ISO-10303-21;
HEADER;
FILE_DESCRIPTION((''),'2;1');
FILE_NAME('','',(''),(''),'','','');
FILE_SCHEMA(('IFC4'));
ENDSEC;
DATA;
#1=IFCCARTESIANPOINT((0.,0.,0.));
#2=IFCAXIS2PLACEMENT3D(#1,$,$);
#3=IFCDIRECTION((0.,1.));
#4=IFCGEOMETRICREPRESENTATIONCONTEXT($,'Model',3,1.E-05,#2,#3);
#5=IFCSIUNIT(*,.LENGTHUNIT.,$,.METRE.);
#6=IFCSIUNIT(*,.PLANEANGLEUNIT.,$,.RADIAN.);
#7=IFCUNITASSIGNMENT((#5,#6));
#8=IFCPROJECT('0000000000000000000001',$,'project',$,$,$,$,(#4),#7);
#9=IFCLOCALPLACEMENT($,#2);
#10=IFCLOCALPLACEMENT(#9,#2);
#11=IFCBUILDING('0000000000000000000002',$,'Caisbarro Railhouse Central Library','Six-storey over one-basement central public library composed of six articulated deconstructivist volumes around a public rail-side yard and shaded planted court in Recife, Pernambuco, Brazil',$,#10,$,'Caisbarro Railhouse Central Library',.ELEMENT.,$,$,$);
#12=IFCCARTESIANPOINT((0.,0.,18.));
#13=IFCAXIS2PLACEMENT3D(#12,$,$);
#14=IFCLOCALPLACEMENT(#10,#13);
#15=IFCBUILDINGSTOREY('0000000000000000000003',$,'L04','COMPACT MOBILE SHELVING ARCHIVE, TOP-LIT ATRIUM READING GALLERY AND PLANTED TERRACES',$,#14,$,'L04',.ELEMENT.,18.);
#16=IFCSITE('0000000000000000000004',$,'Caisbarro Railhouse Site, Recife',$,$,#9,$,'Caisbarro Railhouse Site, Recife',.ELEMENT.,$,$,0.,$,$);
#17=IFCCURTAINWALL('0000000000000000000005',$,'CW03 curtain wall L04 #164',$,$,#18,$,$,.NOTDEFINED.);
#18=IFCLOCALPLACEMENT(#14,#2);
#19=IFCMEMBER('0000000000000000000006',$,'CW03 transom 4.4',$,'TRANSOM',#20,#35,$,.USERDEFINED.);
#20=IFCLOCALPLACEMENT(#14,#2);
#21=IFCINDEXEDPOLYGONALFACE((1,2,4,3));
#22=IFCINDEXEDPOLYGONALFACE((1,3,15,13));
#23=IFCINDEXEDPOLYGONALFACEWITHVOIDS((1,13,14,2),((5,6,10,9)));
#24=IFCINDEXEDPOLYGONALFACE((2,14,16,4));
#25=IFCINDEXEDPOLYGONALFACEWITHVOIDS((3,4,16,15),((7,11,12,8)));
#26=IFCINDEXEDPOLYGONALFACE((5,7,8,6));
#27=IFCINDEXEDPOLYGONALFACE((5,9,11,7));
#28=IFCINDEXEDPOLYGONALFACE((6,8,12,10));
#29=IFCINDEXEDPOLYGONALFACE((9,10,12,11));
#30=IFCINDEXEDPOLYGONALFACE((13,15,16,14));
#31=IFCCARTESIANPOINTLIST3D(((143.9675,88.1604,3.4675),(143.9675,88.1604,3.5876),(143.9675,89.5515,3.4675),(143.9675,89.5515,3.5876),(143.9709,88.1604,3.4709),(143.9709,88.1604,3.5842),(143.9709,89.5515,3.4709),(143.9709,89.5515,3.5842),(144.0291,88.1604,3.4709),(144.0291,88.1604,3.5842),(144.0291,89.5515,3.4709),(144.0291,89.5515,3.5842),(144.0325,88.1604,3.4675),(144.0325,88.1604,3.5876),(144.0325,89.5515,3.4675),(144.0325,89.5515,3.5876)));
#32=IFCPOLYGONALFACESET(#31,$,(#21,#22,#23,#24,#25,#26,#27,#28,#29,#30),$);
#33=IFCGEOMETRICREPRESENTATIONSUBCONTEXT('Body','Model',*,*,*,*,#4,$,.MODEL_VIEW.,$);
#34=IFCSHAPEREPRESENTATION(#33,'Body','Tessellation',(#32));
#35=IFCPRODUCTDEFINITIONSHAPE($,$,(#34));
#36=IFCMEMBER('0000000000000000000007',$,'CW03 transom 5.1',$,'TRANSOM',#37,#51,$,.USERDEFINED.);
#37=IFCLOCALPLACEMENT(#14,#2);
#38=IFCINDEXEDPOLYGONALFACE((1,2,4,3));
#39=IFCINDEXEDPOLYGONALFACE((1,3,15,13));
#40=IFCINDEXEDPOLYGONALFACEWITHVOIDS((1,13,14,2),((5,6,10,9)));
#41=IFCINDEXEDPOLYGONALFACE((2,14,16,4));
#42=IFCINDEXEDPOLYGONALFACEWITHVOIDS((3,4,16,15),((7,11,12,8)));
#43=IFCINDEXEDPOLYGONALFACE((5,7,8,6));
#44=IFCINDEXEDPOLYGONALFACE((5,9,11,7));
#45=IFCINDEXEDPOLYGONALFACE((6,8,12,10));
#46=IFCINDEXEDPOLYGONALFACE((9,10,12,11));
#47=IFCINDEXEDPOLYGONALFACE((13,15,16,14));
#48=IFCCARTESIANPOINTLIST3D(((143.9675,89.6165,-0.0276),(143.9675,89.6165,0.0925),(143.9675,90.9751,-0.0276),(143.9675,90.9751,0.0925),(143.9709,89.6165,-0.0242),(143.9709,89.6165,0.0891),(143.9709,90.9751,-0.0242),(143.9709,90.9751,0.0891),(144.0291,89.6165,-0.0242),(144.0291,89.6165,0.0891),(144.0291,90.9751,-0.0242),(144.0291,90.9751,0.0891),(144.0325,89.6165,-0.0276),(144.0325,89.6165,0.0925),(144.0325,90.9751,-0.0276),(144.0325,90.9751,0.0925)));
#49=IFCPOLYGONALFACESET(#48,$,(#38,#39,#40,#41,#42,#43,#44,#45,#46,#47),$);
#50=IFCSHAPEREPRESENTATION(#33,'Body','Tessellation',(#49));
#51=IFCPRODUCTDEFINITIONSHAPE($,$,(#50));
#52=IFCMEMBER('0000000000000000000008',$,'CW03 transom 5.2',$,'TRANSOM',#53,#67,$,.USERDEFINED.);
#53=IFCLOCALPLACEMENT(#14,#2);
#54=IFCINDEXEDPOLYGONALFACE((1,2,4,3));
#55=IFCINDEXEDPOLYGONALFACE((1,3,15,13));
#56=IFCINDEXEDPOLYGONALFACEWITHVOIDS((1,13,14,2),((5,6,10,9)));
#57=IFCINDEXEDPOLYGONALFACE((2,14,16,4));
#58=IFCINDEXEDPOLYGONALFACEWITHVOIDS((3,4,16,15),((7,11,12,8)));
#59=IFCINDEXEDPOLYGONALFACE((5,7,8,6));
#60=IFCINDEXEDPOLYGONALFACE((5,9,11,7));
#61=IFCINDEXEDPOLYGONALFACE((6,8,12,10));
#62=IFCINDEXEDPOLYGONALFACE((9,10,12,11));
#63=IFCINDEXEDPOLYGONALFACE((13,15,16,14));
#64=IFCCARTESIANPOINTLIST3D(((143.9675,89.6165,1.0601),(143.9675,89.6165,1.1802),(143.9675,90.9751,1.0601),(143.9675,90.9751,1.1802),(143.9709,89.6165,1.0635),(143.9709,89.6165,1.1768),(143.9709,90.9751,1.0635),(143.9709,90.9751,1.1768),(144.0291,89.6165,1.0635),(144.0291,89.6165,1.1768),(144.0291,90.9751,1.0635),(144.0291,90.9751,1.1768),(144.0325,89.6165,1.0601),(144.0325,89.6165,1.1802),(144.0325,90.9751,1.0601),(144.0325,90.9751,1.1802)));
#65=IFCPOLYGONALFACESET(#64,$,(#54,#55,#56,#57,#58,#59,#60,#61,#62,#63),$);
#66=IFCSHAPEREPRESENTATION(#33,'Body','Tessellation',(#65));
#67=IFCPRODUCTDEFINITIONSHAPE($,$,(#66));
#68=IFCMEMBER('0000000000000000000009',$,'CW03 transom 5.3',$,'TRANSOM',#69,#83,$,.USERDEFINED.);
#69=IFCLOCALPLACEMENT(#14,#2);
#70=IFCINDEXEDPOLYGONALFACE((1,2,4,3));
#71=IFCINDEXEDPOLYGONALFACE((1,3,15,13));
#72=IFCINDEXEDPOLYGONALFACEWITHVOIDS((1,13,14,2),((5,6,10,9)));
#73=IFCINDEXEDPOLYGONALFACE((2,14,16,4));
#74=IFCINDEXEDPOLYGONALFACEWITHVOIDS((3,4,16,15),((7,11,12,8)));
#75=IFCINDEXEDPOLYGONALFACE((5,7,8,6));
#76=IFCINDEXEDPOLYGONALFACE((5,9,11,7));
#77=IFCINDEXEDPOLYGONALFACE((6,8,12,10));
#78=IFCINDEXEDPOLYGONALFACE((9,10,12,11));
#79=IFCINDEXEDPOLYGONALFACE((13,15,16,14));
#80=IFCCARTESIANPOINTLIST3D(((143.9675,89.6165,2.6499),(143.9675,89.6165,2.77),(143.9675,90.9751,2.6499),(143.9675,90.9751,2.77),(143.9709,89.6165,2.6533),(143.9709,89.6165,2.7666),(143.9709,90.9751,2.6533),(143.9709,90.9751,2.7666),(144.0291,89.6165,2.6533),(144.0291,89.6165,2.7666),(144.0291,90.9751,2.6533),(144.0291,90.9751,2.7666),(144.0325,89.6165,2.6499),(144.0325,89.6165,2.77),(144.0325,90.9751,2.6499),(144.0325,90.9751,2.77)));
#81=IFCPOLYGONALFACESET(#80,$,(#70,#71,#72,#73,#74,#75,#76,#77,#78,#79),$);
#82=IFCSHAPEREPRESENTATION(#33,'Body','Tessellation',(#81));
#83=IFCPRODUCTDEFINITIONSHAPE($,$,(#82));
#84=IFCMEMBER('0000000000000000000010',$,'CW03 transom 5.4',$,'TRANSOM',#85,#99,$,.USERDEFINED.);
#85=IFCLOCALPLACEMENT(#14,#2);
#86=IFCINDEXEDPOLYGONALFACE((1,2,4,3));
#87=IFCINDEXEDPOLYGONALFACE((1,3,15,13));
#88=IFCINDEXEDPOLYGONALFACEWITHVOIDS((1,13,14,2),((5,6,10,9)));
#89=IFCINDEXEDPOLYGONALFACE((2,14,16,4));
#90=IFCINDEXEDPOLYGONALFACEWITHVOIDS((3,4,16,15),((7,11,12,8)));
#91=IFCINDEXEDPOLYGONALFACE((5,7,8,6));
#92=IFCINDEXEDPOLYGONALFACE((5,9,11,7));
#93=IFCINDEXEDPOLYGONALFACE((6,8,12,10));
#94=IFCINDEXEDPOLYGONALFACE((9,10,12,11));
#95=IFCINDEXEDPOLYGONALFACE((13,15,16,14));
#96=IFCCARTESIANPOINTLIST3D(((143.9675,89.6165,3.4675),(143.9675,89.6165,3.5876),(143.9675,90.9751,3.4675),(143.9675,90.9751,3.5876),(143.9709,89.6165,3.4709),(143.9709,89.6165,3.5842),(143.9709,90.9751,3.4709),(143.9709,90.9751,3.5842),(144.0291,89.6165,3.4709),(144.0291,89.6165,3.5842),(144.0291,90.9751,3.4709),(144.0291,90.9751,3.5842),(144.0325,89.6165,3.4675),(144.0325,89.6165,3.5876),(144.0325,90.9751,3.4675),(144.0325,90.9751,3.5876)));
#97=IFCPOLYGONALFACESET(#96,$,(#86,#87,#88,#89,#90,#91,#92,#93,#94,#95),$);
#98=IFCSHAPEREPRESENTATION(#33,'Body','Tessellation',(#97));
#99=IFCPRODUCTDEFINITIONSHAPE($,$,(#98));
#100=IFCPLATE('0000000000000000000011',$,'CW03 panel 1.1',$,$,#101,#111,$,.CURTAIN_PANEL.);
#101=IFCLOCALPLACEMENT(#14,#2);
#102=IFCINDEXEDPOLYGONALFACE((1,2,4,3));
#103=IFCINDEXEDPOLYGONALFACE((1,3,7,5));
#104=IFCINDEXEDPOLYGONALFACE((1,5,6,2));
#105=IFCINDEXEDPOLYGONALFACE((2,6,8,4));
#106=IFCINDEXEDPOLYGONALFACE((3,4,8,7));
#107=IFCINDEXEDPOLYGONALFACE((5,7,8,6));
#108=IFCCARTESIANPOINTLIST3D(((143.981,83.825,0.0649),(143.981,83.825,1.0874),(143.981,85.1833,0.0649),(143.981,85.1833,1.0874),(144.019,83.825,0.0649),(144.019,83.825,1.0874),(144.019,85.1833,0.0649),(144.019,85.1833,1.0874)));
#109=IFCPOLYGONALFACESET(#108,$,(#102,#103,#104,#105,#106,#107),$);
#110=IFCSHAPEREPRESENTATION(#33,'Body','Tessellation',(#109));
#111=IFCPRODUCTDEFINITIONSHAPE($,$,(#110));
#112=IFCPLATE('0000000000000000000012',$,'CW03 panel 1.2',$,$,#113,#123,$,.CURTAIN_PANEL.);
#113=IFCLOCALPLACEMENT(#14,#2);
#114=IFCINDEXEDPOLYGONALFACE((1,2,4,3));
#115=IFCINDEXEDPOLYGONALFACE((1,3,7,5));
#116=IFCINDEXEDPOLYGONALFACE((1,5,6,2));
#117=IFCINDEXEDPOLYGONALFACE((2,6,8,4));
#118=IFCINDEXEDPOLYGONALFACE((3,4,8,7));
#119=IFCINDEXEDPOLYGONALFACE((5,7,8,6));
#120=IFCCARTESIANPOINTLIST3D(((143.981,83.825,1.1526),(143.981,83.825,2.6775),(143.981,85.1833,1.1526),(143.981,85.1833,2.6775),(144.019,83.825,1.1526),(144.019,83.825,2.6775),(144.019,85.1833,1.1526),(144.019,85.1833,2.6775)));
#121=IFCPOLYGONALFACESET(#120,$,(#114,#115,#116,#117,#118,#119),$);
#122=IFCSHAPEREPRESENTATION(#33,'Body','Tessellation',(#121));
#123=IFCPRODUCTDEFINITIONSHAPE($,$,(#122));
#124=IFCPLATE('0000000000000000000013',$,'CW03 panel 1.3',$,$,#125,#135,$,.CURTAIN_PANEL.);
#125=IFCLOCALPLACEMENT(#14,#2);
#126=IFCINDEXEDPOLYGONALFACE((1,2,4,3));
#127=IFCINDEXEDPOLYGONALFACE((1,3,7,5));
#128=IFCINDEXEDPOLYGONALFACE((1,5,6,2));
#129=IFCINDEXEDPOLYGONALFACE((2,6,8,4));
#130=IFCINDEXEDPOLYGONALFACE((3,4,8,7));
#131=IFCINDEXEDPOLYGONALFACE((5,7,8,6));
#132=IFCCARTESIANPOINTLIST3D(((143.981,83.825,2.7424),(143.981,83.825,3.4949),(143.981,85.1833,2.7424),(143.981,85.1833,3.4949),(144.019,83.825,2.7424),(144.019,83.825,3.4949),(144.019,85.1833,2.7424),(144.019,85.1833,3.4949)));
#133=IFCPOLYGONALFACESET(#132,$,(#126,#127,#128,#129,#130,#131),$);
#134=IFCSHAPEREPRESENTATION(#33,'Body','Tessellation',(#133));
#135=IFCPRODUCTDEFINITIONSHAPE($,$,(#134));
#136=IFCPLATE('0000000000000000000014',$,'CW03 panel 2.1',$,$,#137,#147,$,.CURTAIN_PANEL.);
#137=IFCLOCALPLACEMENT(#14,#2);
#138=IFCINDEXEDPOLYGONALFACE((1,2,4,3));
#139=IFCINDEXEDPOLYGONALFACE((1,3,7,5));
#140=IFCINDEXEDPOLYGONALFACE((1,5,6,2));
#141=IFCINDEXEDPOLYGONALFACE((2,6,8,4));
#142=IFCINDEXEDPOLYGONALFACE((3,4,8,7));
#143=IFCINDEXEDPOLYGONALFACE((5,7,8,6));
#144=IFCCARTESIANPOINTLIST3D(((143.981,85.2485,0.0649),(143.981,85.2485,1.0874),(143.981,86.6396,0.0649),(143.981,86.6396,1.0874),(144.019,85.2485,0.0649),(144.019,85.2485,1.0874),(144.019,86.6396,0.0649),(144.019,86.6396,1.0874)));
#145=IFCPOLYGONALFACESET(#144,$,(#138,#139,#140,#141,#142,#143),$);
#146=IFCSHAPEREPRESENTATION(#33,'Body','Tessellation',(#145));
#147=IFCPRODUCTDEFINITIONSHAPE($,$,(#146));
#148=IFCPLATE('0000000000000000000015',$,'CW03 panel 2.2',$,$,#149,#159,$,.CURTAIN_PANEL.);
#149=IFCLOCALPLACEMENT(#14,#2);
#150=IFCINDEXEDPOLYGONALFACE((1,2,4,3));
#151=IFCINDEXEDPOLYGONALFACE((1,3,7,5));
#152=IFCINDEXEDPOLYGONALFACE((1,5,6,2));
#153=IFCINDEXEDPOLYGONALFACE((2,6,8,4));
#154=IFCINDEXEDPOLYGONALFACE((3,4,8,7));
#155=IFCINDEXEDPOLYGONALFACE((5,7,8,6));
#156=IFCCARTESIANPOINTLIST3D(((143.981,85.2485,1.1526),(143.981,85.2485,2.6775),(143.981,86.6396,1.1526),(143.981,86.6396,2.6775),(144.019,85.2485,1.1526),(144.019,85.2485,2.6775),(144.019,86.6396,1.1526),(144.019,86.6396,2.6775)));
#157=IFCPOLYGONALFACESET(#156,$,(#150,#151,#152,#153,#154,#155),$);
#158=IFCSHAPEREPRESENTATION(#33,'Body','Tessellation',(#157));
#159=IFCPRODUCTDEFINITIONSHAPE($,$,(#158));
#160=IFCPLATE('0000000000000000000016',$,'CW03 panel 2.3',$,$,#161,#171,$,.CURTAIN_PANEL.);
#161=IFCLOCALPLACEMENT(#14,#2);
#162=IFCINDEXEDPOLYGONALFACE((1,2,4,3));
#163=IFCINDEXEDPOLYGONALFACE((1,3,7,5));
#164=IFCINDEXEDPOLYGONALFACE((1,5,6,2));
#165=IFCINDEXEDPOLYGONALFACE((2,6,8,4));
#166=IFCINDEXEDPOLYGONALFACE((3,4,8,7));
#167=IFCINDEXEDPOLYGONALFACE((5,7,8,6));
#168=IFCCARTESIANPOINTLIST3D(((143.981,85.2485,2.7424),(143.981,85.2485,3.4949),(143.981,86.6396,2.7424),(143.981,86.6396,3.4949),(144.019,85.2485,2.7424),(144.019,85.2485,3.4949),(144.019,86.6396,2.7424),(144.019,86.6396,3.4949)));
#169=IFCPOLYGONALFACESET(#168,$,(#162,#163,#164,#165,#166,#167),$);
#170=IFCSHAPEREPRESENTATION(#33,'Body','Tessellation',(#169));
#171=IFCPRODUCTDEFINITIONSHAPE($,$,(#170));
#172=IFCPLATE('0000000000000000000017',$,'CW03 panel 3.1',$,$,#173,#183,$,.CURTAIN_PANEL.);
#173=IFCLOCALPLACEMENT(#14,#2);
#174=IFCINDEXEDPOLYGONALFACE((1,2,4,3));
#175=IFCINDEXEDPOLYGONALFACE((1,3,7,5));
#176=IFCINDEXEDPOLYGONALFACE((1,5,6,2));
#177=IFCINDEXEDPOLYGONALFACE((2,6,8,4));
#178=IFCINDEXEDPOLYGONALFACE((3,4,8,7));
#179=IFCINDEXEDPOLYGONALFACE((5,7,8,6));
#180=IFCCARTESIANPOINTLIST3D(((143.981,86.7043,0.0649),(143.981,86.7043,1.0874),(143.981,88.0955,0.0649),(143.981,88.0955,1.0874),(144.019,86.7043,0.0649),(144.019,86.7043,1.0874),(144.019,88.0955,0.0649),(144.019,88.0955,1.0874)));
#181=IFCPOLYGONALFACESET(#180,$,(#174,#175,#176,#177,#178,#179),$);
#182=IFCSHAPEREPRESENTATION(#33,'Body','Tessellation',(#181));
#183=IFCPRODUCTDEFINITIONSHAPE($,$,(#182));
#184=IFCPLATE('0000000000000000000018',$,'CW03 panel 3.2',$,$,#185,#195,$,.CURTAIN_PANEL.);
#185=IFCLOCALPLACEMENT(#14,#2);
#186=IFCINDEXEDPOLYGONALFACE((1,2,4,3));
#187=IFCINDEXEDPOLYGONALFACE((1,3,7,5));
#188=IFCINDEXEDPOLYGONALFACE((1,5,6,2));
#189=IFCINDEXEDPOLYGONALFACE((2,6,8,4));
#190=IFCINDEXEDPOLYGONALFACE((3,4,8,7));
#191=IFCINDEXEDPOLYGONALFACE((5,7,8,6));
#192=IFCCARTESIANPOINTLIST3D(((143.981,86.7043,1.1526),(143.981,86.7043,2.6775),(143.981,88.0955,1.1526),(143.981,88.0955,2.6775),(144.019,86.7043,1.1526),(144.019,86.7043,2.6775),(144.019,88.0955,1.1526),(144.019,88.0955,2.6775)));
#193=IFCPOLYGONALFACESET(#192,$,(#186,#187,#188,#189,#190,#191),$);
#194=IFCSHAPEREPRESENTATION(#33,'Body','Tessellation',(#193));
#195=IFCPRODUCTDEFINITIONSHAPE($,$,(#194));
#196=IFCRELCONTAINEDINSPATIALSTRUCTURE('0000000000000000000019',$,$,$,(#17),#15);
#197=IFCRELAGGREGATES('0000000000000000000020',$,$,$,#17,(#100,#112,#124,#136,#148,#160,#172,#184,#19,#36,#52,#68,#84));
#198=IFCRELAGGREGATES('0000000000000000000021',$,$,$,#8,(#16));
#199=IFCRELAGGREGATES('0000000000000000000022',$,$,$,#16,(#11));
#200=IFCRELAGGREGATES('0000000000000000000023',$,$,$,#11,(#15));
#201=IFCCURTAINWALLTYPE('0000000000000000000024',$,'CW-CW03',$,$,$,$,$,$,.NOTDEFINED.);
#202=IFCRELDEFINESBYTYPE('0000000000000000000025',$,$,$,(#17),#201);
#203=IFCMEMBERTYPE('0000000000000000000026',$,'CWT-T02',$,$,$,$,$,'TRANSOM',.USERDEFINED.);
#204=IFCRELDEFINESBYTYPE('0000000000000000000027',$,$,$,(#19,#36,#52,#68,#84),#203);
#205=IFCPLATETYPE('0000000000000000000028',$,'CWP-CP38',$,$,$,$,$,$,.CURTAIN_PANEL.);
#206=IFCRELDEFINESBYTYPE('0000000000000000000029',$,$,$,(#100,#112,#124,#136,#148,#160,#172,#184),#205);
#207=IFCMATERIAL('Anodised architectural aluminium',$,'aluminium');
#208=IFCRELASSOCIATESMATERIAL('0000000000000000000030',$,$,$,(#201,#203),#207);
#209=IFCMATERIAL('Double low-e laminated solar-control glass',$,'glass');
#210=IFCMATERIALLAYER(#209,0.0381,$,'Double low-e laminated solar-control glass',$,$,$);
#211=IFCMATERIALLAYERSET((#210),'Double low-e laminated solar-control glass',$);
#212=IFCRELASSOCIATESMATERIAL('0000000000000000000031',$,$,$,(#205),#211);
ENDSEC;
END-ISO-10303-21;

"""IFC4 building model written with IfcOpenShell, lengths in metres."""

from ifc_helpers import new_model, si_unit, direction, frame, origin, origin_2d, place, context, subcontext, project, spatial, rectangle, hollow_rectangle, extrude, material, layer, layer_set, material_profile, profile_set, type_object, element, aggregate, save


model = new_model("IFC4")

# Units and contexts
model_context = context("Model", 3, precision=1e-05, world=origin(), true_north=direction((0.0, 1.0)))
body_context = subcontext(model_context, "Body", "Model", "MODEL_VIEW")
ifc_project = project(units=[si_unit("LENGTHUNIT", "METRE"), si_unit("PLANEANGLEUNIT", "RADIAN")], contexts=[model_context])

# Site, building, storey
site_placement = place(None, origin())
site = spatial("IfcSite", under=ifc_project, at=site_placement, Name="Caisbarro Railhouse Site, Recife", LongName="Caisbarro Railhouse Site, Recife", CompositionType="ELEMENT", RefElevation=0.0)
building_placement = place(site_placement, origin())
building = spatial("IfcBuilding", under=site, at=building_placement, Name="Caisbarro Railhouse Central Library", Description="Six-storey over one-basement central public library composed of six articulated deconstructivist volumes around a public rail-side yard and shaded planted court in Recife, Pernambuco, Brazil", LongName="Caisbarro Railhouse Central Library", CompositionType="ELEMENT")
storey_placement = place(building_placement, frame((0.0, 0.0, 18.0)))
storey = spatial("IfcBuildingStorey", under=building, at=storey_placement, Name="L04", Description="COMPACT MOBILE SHELVING ARCHIVE, TOP-LIT ATRIUM READING GALLERY AND PLANTED TERRACES", LongName="L04", CompositionType="ELEMENT", Elevation=18.0)

# Curtain wall, members, plates
ifc_material_1 = material(Name="Anodised architectural aluminium", Category="aluminium")
curtain_wall_type = type_object("IfcCurtainWallType", Name="CW-CW03", PredefinedType="NOTDEFINED", material=ifc_material_1)
curtain_wall_placement = place(storey_placement, origin())
curtain_wall = element("IfcCurtainWall", 1, at=curtain_wall_placement, inside=storey, type_object=curtain_wall_type, Name="CW03 curtain wall L04 #164", PredefinedType="NOTDEFINED")
ifc_material_profile_1 = material_profile(ifc_material_1, hollow_rectangle(XDim=0.0649, YDim=0.1201, WallThickness=0.0034, at=origin_2d()), Name="ALU-TRN-65X120")
ifc_profile_set_1 = profile_set([ifc_material_profile_1], Name="Anodised architectural aluminium")
member_type_1 = type_object("IfcMemberType", Name="CWT-T02", ElementType="TRANSOM", PredefinedType="USERDEFINED", material=ifc_profile_set_1)
member_1_placement = place(storey_placement, frame((144.0, 88.1604, 3.5276), z_axis=(0.0, 1.0, 0.0), x_axis=(-1.0, 0.0, 0.0)))
member_1 = element("IfcMember", 2, at=member_1_placement, type_object=member_type_1, Name="CW03 transom 4.4", ObjectType="TRANSOM", PredefinedType="USERDEFINED", context=body_context, shape_type="SweptSolid", body=[
    extrude(hollow_rectangle(XDim=0.0649, YDim=0.1201, WallThickness=0.0034, at=origin_2d()), origin(), (0.0, 0.0, 1.0), 1.3911),
])
member_2_placement = place(storey_placement, frame((144.0, 89.6165, 0.0325), z_axis=(0.0, 1.0, 0.0), x_axis=(-1.0, 0.0, 0.0)))
member_2 = element("IfcMember", 3, at=member_2_placement, type_object=member_type_1, Name="CW03 transom 5.1", ObjectType="TRANSOM", PredefinedType="USERDEFINED", context=body_context, shape_type="SweptSolid", body=[
    extrude(hollow_rectangle(XDim=0.0649, YDim=0.1201, WallThickness=0.0034, at=origin_2d()), origin(), (0.0, 0.0, 1.0), 1.3586),
])
member_3_placement = place(storey_placement, frame((144.0, 89.6165, 1.1201), z_axis=(0.0, 1.0, 0.0), x_axis=(-1.0, 0.0, 0.0)))
member_3 = element("IfcMember", 4, at=member_3_placement, type_object=member_type_1, Name="CW03 transom 5.2", ObjectType="TRANSOM", PredefinedType="USERDEFINED", context=body_context, shape_type="SweptSolid", body=[
    extrude(hollow_rectangle(XDim=0.0649, YDim=0.1201, WallThickness=0.0034, at=origin_2d()), origin(), (0.0, 0.0, 1.0), 1.3586),
])
member_4_placement = place(storey_placement, frame((144.0, 89.6165, 2.71), z_axis=(0.0, 1.0, 0.0), x_axis=(-1.0, 0.0, 0.0)))
member_4 = element("IfcMember", 5, at=member_4_placement, type_object=member_type_1, Name="CW03 transom 5.3", ObjectType="TRANSOM", PredefinedType="USERDEFINED", context=body_context, shape_type="SweptSolid", body=[
    extrude(hollow_rectangle(XDim=0.0649, YDim=0.1201, WallThickness=0.0034, at=origin_2d()), origin(), (0.0, 0.0, 1.0), 1.3586),
])
member_5_placement = place(storey_placement, frame((144.0, 89.6165, 3.5276), z_axis=(0.0, 1.0, 0.0), x_axis=(-1.0, 0.0, 0.0)))
member_5 = element("IfcMember", 6, at=member_5_placement, type_object=member_type_1, Name="CW03 transom 5.4", ObjectType="TRANSOM", PredefinedType="USERDEFINED", context=body_context, shape_type="SweptSolid", body=[
    extrude(hollow_rectangle(XDim=0.0649, YDim=0.1201, WallThickness=0.0034, at=origin_2d()), origin(), (0.0, 0.0, 1.0), 1.3586),
])
ifc_material_2 = material(Name="Double low-e laminated solar-control glass", Category="glass")
ifc_layer = layer(ifc_material_2, 0.0381, Name="Double low-e laminated solar-control glass")
ifc_layer_set = layer_set([ifc_layer], Name="Double low-e laminated solar-control glass")
plate_type = type_object("IfcPlateType", Name="CWP-CP38", PredefinedType="CURTAIN_PANEL", material=ifc_layer_set)
plate_1_placement = place(storey_placement, frame((144.0, 84.5042, 0.0649), z_axis=(0.0, 0.0, 1.0), x_axis=(0.0, 1.0, 0.0)))
plate_1 = element("IfcPlate", 7, at=plate_1_placement, type_object=plate_type, Name="CW03 panel 1.1", PredefinedType="CURTAIN_PANEL", context=body_context, shape_type="SweptSolid", body=[
    extrude(rectangle(XDim=1.3584, YDim=0.0381, at=origin_2d()), origin(), (0.0, 0.0, 1.0), 1.0225),
])
plate_2_placement = place(storey_placement, frame((144.0, 84.5042, 1.1526), z_axis=(0.0, 0.0, 1.0), x_axis=(0.0, 1.0, 0.0)))
plate_2 = element("IfcPlate", 8, at=plate_2_placement, type_object=plate_type, Name="CW03 panel 1.2", PredefinedType="CURTAIN_PANEL", context=body_context, shape_type="SweptSolid", body=[
    extrude(rectangle(XDim=1.3584, YDim=0.0381, at=origin_2d()), origin(), (0.0, 0.0, 1.0), 1.5249),
])
plate_3_placement = place(storey_placement, frame((144.0, 84.5042, 2.7424), z_axis=(0.0, 0.0, 1.0), x_axis=(0.0, 1.0, 0.0)))
plate_3 = element("IfcPlate", 9, at=plate_3_placement, type_object=plate_type, Name="CW03 panel 1.3", PredefinedType="CURTAIN_PANEL", context=body_context, shape_type="SweptSolid", body=[
    extrude(rectangle(XDim=1.3584, YDim=0.0381, at=origin_2d()), origin(), (0.0, 0.0, 1.0), 0.7524),
])
plate_4_placement = place(storey_placement, frame((144.0, 85.9441, 0.0649), z_axis=(0.0, 0.0, 1.0), x_axis=(0.0, 1.0, 0.0)))
plate_4 = element("IfcPlate", 10, at=plate_4_placement, type_object=plate_type, Name="CW03 panel 2.1", PredefinedType="CURTAIN_PANEL", context=body_context, shape_type="SweptSolid", body=[
    extrude(rectangle(XDim=1.3911, YDim=0.0381, at=origin_2d()), origin(), (0.0, 0.0, 1.0), 1.0225),
])
plate_5_placement = place(storey_placement, frame((144.0, 85.9441, 1.1526), z_axis=(0.0, 0.0, 1.0), x_axis=(0.0, 1.0, 0.0)))
plate_5 = element("IfcPlate", 11, at=plate_5_placement, type_object=plate_type, Name="CW03 panel 2.2", PredefinedType="CURTAIN_PANEL", context=body_context, shape_type="SweptSolid", body=[
    extrude(rectangle(XDim=1.3911, YDim=0.0381, at=origin_2d()), origin(), (0.0, 0.0, 1.0), 1.5249),
])
plate_6_placement = place(storey_placement, frame((144.0, 85.9441, 2.7424), z_axis=(0.0, 0.0, 1.0), x_axis=(0.0, 1.0, 0.0)))
plate_6 = element("IfcPlate", 12, at=plate_6_placement, type_object=plate_type, Name="CW03 panel 2.3", PredefinedType="CURTAIN_PANEL", context=body_context, shape_type="SweptSolid", body=[
    extrude(rectangle(XDim=1.3911, YDim=0.0381, at=origin_2d()), origin(), (0.0, 0.0, 1.0), 0.7524),
])
plate_7_placement = place(storey_placement, frame((144.0, 87.3999, 0.0649), z_axis=(0.0, 0.0, 1.0), x_axis=(0.0, 1.0, 0.0)))
plate_7 = element("IfcPlate", 13, at=plate_7_placement, type_object=plate_type, Name="CW03 panel 3.1", PredefinedType="CURTAIN_PANEL", context=body_context, shape_type="SweptSolid", body=[
    extrude(rectangle(XDim=1.3911, YDim=0.0381, at=origin_2d()), origin(), (0.0, 0.0, 1.0), 1.0225),
])
plate_8_placement = place(storey_placement, frame((144.0, 87.3999, 1.1526), z_axis=(0.0, 0.0, 1.0), x_axis=(0.0, 1.0, 0.0)))
plate_8 = element("IfcPlate", 14, at=plate_8_placement, type_object=plate_type, Name="CW03 panel 3.2", PredefinedType="CURTAIN_PANEL", context=body_context, shape_type="SweptSolid", body=[
    extrude(rectangle(XDim=1.3911, YDim=0.0381, at=origin_2d()), origin(), (0.0, 0.0, 1.0), 1.5249),
])
aggregate(curtain_wall, [plate_1, plate_2, plate_3, plate_4, plate_5, plate_6, plate_7, plate_8, member_1, member_2, member_3, member_4, member_5])

save(model, "model.ifc")
